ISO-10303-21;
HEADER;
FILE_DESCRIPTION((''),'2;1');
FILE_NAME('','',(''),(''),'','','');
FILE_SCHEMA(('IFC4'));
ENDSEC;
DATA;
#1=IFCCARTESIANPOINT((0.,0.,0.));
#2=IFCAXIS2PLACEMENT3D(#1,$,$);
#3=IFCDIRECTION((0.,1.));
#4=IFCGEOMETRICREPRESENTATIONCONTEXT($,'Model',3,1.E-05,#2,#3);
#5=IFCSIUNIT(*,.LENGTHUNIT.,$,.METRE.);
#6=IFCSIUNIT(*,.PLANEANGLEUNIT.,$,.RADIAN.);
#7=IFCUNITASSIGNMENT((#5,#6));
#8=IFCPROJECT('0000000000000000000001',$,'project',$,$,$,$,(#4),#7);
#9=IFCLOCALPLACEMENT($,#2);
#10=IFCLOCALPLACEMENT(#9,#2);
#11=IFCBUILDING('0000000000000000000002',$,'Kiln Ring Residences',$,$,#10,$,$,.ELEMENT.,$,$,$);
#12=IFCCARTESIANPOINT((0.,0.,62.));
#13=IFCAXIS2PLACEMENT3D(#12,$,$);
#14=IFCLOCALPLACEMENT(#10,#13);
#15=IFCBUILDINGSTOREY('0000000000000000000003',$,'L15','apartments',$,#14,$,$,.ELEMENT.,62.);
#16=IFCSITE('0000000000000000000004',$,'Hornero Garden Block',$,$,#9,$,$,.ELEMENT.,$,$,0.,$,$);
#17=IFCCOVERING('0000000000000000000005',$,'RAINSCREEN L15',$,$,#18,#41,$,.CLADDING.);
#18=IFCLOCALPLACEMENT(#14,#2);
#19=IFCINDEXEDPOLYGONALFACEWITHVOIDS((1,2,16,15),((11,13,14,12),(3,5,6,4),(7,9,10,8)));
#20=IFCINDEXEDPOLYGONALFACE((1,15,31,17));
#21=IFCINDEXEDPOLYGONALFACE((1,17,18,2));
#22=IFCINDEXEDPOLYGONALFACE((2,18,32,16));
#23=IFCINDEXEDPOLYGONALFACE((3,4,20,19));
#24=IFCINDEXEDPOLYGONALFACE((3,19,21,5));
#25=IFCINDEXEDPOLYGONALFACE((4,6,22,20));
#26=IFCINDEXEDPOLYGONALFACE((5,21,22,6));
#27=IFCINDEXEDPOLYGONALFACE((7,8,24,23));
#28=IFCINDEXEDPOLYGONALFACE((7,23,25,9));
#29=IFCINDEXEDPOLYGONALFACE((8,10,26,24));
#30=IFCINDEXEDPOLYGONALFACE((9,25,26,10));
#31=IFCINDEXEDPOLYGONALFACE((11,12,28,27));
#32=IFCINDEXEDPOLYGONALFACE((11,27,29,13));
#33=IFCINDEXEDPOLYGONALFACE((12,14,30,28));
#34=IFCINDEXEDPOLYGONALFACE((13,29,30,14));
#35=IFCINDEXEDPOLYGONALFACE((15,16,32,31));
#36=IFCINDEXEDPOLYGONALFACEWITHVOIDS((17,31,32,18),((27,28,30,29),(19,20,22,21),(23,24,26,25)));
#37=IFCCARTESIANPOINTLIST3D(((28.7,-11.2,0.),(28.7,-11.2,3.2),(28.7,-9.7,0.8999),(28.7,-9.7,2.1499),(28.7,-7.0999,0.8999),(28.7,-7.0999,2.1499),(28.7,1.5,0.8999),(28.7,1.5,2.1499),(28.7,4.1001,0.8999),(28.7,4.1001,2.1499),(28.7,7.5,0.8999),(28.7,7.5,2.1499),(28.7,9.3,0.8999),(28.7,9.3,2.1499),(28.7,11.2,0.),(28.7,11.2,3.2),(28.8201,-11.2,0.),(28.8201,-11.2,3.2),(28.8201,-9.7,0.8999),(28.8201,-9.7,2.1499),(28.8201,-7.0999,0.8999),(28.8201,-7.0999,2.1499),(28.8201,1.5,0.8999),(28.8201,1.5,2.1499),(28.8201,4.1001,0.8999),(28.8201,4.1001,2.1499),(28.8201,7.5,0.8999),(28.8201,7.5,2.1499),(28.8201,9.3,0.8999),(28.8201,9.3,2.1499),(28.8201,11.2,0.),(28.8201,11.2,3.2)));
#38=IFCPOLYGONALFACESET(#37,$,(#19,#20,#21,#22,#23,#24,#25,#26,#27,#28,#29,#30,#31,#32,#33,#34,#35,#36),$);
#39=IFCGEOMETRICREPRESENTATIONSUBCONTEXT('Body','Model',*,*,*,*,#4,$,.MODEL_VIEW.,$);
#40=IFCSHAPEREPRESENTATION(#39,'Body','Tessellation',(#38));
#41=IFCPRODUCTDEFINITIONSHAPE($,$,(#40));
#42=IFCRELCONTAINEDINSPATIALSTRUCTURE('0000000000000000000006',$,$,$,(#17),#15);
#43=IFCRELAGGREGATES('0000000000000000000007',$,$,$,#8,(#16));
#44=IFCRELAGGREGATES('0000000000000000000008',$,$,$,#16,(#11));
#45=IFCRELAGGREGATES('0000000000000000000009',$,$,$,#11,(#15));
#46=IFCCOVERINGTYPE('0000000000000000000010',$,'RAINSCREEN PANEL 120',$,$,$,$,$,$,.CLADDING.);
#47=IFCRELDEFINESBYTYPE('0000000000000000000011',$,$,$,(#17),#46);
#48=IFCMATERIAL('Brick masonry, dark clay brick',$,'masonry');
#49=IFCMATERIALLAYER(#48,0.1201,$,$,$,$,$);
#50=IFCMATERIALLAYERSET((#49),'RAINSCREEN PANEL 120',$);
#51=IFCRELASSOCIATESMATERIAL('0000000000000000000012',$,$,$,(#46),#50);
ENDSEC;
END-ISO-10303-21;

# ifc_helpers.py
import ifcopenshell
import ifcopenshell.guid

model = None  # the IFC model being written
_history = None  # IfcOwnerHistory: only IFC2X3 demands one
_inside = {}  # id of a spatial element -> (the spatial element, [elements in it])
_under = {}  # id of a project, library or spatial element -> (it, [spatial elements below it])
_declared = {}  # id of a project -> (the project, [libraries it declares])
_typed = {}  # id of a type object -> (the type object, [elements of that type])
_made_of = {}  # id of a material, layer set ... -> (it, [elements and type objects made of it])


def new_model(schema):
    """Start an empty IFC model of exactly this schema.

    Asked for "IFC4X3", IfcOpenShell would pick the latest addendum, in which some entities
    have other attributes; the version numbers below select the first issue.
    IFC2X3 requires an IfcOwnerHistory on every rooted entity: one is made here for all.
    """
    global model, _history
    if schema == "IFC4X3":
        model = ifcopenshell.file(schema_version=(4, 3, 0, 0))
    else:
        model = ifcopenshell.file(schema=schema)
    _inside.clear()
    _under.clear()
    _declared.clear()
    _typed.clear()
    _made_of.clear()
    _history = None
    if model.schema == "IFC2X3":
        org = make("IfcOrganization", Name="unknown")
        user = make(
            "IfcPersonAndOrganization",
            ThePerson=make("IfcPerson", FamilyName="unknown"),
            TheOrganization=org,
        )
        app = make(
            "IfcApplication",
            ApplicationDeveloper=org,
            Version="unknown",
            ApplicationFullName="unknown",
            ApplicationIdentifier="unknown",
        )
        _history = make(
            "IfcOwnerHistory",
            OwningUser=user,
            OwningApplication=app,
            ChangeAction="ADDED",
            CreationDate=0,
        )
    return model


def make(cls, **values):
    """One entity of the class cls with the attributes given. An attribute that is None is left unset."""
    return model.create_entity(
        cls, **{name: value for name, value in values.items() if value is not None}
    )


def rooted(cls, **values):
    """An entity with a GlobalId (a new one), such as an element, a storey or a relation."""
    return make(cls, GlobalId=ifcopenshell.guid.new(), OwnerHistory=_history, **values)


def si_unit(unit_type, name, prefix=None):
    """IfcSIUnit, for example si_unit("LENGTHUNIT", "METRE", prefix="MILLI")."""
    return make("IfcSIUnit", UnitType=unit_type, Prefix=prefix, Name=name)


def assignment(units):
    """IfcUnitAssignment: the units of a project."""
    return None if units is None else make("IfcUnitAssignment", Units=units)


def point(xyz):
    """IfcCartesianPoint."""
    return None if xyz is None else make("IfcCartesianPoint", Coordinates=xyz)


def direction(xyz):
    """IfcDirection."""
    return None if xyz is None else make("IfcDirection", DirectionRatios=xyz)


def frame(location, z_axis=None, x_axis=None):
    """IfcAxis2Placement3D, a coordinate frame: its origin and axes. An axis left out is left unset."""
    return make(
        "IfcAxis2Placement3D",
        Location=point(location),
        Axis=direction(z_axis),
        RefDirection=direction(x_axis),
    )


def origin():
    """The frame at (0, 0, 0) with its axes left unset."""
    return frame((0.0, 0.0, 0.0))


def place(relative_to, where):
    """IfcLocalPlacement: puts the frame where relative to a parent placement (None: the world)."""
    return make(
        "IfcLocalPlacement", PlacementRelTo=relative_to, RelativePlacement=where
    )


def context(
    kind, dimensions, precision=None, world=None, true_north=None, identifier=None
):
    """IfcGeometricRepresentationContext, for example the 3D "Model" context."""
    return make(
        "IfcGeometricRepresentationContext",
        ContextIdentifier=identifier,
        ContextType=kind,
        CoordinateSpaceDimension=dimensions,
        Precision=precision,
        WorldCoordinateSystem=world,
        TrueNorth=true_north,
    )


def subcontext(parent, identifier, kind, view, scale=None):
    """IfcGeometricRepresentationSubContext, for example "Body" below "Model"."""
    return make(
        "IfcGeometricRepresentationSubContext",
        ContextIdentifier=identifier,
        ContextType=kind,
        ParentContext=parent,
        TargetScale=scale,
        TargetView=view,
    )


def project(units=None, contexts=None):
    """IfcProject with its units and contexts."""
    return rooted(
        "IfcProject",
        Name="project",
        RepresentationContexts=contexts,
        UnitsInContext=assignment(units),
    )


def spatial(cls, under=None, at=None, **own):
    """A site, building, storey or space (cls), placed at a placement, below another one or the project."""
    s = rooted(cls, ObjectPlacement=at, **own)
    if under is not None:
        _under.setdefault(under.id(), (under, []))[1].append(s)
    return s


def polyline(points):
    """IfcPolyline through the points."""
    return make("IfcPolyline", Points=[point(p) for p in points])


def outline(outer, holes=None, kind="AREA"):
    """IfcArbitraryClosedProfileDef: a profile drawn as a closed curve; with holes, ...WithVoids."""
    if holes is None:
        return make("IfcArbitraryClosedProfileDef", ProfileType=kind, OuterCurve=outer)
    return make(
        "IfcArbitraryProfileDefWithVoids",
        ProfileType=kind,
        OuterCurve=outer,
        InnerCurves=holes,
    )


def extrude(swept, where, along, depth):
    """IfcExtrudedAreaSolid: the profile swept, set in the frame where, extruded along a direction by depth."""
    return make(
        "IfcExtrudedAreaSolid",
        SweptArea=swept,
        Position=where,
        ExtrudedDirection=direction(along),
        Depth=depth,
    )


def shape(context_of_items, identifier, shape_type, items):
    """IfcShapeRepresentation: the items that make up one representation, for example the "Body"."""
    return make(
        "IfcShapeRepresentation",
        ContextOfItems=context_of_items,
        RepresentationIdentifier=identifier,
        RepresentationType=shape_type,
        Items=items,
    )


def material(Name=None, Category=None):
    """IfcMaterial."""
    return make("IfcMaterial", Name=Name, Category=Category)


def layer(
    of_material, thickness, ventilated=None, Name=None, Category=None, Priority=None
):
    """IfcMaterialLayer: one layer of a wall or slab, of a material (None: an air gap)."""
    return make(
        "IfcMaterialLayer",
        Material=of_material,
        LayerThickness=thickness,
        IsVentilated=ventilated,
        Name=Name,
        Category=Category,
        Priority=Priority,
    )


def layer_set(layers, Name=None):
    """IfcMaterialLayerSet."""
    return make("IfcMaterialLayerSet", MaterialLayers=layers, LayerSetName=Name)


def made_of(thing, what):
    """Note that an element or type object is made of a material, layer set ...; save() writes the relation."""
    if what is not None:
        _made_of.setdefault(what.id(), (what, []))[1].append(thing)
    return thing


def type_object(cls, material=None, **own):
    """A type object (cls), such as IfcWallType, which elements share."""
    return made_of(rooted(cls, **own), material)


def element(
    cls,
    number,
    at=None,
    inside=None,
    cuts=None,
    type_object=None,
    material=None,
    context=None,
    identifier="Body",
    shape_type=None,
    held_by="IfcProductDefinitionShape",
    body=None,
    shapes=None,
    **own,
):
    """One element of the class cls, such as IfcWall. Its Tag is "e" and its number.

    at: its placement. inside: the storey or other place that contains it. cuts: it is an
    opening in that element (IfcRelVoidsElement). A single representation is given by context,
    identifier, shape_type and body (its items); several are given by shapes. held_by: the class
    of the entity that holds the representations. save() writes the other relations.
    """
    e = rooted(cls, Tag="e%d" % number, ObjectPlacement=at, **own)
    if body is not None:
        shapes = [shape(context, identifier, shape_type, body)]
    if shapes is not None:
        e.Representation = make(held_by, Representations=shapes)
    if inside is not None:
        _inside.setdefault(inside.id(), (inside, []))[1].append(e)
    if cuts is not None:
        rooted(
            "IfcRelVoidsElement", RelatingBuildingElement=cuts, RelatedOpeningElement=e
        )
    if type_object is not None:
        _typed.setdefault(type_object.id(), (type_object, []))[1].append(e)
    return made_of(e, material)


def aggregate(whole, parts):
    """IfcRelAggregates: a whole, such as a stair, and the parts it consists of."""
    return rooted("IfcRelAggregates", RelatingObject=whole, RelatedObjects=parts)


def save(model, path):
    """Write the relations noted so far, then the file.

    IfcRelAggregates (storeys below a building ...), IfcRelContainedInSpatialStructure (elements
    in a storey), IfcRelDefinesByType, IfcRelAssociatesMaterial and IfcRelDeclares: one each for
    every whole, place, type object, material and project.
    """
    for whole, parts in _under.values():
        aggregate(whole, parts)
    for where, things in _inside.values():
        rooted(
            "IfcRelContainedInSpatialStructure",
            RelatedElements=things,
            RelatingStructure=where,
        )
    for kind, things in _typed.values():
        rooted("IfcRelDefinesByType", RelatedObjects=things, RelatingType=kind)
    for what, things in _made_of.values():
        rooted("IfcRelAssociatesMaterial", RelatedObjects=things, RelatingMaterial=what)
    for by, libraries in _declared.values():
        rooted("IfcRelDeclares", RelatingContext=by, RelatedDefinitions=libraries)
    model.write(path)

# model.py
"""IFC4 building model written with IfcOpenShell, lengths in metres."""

from ifc_helpers import new_model, si_unit, direction, frame, origin, place, context, subcontext, project, spatial, polyline, outline, extrude, material, layer, layer_set, type_object, element, save


model = new_model("IFC4")

# Units and contexts
model_context = context("Model", 3, precision=1e-05, world=origin(), true_north=direction((0.0, 1.0)))
body_context = subcontext(model_context, "Body", "Model", "MODEL_VIEW")
ifc_project = project(units=[si_unit("LENGTHUNIT", "METRE"), si_unit("PLANEANGLEUNIT", "RADIAN")], contexts=[model_context])

# Site, building, storey
site_placement = place(None, origin())
site = spatial("IfcSite", under=ifc_project, at=site_placement, Name="Hornero Garden Block", CompositionType="ELEMENT", RefElevation=0.0)
building_placement = place(site_placement, origin())
building = spatial("IfcBuilding", under=site, at=building_placement, Name="Kiln Ring Residences", CompositionType="ELEMENT")
storey_placement = place(building_placement, frame((0.0, 0.0, 62.0)))
storey = spatial("IfcBuildingStorey", under=building, at=storey_placement, Name="L15", Description="apartments", CompositionType="ELEMENT", Elevation=62.0)

# Covering
ifc_material_1 = material(Name="Brick masonry, dark clay brick", Category="masonry")
ifc_layer_1 = layer(ifc_material_1, 0.1201)
ifc_layer_set_1 = layer_set([ifc_layer_1], Name="RAINSCREEN PANEL 120")
covering_type = type_object("IfcCoveringType", Name="RAINSCREEN PANEL 120", PredefinedType="CLADDING", material=ifc_layer_set_1)
covering_placement = place(storey_placement, frame((28.76, -11.2, 0.0), z_axis=(0.0, 0.0, 1.0), x_axis=(0.0, 1.0, 0.0)))
element("IfcCovering", 1, at=covering_placement, inside=storey, type_object=covering_type, Name="RAINSCREEN L15", PredefinedType="CLADDING", context=body_context, shape_type="SweptSolid", body=[
    extrude(outline(polyline([(0.0, 0.0), (22.3999, 0.0), (22.3999, 3.2), (0.0, 3.2), (0.0, 0.0)]), holes=[polyline([(4.1001, 2.1499), (1.5, 2.1499), (1.5, 0.8999), (4.1001, 0.8999), (4.1001, 2.1499)]), polyline([(15.3, 0.8999), (15.3, 2.1499), (12.7, 2.1499), (12.7, 0.8999), (15.3, 0.8999)]), polyline([(20.5, 0.8999), (20.5, 2.1499), (18.7, 2.1499), (18.7, 0.8999), (20.5, 0.8999)])]), frame((0.0, 0.0601, 0.0), z_axis=(0.0, -1.0, 0.0), x_axis=(1.0, 0.0, 0.0)), (0.0, 0.0, 1.0), 0.1201),
])

save(model, "model.ifc")
